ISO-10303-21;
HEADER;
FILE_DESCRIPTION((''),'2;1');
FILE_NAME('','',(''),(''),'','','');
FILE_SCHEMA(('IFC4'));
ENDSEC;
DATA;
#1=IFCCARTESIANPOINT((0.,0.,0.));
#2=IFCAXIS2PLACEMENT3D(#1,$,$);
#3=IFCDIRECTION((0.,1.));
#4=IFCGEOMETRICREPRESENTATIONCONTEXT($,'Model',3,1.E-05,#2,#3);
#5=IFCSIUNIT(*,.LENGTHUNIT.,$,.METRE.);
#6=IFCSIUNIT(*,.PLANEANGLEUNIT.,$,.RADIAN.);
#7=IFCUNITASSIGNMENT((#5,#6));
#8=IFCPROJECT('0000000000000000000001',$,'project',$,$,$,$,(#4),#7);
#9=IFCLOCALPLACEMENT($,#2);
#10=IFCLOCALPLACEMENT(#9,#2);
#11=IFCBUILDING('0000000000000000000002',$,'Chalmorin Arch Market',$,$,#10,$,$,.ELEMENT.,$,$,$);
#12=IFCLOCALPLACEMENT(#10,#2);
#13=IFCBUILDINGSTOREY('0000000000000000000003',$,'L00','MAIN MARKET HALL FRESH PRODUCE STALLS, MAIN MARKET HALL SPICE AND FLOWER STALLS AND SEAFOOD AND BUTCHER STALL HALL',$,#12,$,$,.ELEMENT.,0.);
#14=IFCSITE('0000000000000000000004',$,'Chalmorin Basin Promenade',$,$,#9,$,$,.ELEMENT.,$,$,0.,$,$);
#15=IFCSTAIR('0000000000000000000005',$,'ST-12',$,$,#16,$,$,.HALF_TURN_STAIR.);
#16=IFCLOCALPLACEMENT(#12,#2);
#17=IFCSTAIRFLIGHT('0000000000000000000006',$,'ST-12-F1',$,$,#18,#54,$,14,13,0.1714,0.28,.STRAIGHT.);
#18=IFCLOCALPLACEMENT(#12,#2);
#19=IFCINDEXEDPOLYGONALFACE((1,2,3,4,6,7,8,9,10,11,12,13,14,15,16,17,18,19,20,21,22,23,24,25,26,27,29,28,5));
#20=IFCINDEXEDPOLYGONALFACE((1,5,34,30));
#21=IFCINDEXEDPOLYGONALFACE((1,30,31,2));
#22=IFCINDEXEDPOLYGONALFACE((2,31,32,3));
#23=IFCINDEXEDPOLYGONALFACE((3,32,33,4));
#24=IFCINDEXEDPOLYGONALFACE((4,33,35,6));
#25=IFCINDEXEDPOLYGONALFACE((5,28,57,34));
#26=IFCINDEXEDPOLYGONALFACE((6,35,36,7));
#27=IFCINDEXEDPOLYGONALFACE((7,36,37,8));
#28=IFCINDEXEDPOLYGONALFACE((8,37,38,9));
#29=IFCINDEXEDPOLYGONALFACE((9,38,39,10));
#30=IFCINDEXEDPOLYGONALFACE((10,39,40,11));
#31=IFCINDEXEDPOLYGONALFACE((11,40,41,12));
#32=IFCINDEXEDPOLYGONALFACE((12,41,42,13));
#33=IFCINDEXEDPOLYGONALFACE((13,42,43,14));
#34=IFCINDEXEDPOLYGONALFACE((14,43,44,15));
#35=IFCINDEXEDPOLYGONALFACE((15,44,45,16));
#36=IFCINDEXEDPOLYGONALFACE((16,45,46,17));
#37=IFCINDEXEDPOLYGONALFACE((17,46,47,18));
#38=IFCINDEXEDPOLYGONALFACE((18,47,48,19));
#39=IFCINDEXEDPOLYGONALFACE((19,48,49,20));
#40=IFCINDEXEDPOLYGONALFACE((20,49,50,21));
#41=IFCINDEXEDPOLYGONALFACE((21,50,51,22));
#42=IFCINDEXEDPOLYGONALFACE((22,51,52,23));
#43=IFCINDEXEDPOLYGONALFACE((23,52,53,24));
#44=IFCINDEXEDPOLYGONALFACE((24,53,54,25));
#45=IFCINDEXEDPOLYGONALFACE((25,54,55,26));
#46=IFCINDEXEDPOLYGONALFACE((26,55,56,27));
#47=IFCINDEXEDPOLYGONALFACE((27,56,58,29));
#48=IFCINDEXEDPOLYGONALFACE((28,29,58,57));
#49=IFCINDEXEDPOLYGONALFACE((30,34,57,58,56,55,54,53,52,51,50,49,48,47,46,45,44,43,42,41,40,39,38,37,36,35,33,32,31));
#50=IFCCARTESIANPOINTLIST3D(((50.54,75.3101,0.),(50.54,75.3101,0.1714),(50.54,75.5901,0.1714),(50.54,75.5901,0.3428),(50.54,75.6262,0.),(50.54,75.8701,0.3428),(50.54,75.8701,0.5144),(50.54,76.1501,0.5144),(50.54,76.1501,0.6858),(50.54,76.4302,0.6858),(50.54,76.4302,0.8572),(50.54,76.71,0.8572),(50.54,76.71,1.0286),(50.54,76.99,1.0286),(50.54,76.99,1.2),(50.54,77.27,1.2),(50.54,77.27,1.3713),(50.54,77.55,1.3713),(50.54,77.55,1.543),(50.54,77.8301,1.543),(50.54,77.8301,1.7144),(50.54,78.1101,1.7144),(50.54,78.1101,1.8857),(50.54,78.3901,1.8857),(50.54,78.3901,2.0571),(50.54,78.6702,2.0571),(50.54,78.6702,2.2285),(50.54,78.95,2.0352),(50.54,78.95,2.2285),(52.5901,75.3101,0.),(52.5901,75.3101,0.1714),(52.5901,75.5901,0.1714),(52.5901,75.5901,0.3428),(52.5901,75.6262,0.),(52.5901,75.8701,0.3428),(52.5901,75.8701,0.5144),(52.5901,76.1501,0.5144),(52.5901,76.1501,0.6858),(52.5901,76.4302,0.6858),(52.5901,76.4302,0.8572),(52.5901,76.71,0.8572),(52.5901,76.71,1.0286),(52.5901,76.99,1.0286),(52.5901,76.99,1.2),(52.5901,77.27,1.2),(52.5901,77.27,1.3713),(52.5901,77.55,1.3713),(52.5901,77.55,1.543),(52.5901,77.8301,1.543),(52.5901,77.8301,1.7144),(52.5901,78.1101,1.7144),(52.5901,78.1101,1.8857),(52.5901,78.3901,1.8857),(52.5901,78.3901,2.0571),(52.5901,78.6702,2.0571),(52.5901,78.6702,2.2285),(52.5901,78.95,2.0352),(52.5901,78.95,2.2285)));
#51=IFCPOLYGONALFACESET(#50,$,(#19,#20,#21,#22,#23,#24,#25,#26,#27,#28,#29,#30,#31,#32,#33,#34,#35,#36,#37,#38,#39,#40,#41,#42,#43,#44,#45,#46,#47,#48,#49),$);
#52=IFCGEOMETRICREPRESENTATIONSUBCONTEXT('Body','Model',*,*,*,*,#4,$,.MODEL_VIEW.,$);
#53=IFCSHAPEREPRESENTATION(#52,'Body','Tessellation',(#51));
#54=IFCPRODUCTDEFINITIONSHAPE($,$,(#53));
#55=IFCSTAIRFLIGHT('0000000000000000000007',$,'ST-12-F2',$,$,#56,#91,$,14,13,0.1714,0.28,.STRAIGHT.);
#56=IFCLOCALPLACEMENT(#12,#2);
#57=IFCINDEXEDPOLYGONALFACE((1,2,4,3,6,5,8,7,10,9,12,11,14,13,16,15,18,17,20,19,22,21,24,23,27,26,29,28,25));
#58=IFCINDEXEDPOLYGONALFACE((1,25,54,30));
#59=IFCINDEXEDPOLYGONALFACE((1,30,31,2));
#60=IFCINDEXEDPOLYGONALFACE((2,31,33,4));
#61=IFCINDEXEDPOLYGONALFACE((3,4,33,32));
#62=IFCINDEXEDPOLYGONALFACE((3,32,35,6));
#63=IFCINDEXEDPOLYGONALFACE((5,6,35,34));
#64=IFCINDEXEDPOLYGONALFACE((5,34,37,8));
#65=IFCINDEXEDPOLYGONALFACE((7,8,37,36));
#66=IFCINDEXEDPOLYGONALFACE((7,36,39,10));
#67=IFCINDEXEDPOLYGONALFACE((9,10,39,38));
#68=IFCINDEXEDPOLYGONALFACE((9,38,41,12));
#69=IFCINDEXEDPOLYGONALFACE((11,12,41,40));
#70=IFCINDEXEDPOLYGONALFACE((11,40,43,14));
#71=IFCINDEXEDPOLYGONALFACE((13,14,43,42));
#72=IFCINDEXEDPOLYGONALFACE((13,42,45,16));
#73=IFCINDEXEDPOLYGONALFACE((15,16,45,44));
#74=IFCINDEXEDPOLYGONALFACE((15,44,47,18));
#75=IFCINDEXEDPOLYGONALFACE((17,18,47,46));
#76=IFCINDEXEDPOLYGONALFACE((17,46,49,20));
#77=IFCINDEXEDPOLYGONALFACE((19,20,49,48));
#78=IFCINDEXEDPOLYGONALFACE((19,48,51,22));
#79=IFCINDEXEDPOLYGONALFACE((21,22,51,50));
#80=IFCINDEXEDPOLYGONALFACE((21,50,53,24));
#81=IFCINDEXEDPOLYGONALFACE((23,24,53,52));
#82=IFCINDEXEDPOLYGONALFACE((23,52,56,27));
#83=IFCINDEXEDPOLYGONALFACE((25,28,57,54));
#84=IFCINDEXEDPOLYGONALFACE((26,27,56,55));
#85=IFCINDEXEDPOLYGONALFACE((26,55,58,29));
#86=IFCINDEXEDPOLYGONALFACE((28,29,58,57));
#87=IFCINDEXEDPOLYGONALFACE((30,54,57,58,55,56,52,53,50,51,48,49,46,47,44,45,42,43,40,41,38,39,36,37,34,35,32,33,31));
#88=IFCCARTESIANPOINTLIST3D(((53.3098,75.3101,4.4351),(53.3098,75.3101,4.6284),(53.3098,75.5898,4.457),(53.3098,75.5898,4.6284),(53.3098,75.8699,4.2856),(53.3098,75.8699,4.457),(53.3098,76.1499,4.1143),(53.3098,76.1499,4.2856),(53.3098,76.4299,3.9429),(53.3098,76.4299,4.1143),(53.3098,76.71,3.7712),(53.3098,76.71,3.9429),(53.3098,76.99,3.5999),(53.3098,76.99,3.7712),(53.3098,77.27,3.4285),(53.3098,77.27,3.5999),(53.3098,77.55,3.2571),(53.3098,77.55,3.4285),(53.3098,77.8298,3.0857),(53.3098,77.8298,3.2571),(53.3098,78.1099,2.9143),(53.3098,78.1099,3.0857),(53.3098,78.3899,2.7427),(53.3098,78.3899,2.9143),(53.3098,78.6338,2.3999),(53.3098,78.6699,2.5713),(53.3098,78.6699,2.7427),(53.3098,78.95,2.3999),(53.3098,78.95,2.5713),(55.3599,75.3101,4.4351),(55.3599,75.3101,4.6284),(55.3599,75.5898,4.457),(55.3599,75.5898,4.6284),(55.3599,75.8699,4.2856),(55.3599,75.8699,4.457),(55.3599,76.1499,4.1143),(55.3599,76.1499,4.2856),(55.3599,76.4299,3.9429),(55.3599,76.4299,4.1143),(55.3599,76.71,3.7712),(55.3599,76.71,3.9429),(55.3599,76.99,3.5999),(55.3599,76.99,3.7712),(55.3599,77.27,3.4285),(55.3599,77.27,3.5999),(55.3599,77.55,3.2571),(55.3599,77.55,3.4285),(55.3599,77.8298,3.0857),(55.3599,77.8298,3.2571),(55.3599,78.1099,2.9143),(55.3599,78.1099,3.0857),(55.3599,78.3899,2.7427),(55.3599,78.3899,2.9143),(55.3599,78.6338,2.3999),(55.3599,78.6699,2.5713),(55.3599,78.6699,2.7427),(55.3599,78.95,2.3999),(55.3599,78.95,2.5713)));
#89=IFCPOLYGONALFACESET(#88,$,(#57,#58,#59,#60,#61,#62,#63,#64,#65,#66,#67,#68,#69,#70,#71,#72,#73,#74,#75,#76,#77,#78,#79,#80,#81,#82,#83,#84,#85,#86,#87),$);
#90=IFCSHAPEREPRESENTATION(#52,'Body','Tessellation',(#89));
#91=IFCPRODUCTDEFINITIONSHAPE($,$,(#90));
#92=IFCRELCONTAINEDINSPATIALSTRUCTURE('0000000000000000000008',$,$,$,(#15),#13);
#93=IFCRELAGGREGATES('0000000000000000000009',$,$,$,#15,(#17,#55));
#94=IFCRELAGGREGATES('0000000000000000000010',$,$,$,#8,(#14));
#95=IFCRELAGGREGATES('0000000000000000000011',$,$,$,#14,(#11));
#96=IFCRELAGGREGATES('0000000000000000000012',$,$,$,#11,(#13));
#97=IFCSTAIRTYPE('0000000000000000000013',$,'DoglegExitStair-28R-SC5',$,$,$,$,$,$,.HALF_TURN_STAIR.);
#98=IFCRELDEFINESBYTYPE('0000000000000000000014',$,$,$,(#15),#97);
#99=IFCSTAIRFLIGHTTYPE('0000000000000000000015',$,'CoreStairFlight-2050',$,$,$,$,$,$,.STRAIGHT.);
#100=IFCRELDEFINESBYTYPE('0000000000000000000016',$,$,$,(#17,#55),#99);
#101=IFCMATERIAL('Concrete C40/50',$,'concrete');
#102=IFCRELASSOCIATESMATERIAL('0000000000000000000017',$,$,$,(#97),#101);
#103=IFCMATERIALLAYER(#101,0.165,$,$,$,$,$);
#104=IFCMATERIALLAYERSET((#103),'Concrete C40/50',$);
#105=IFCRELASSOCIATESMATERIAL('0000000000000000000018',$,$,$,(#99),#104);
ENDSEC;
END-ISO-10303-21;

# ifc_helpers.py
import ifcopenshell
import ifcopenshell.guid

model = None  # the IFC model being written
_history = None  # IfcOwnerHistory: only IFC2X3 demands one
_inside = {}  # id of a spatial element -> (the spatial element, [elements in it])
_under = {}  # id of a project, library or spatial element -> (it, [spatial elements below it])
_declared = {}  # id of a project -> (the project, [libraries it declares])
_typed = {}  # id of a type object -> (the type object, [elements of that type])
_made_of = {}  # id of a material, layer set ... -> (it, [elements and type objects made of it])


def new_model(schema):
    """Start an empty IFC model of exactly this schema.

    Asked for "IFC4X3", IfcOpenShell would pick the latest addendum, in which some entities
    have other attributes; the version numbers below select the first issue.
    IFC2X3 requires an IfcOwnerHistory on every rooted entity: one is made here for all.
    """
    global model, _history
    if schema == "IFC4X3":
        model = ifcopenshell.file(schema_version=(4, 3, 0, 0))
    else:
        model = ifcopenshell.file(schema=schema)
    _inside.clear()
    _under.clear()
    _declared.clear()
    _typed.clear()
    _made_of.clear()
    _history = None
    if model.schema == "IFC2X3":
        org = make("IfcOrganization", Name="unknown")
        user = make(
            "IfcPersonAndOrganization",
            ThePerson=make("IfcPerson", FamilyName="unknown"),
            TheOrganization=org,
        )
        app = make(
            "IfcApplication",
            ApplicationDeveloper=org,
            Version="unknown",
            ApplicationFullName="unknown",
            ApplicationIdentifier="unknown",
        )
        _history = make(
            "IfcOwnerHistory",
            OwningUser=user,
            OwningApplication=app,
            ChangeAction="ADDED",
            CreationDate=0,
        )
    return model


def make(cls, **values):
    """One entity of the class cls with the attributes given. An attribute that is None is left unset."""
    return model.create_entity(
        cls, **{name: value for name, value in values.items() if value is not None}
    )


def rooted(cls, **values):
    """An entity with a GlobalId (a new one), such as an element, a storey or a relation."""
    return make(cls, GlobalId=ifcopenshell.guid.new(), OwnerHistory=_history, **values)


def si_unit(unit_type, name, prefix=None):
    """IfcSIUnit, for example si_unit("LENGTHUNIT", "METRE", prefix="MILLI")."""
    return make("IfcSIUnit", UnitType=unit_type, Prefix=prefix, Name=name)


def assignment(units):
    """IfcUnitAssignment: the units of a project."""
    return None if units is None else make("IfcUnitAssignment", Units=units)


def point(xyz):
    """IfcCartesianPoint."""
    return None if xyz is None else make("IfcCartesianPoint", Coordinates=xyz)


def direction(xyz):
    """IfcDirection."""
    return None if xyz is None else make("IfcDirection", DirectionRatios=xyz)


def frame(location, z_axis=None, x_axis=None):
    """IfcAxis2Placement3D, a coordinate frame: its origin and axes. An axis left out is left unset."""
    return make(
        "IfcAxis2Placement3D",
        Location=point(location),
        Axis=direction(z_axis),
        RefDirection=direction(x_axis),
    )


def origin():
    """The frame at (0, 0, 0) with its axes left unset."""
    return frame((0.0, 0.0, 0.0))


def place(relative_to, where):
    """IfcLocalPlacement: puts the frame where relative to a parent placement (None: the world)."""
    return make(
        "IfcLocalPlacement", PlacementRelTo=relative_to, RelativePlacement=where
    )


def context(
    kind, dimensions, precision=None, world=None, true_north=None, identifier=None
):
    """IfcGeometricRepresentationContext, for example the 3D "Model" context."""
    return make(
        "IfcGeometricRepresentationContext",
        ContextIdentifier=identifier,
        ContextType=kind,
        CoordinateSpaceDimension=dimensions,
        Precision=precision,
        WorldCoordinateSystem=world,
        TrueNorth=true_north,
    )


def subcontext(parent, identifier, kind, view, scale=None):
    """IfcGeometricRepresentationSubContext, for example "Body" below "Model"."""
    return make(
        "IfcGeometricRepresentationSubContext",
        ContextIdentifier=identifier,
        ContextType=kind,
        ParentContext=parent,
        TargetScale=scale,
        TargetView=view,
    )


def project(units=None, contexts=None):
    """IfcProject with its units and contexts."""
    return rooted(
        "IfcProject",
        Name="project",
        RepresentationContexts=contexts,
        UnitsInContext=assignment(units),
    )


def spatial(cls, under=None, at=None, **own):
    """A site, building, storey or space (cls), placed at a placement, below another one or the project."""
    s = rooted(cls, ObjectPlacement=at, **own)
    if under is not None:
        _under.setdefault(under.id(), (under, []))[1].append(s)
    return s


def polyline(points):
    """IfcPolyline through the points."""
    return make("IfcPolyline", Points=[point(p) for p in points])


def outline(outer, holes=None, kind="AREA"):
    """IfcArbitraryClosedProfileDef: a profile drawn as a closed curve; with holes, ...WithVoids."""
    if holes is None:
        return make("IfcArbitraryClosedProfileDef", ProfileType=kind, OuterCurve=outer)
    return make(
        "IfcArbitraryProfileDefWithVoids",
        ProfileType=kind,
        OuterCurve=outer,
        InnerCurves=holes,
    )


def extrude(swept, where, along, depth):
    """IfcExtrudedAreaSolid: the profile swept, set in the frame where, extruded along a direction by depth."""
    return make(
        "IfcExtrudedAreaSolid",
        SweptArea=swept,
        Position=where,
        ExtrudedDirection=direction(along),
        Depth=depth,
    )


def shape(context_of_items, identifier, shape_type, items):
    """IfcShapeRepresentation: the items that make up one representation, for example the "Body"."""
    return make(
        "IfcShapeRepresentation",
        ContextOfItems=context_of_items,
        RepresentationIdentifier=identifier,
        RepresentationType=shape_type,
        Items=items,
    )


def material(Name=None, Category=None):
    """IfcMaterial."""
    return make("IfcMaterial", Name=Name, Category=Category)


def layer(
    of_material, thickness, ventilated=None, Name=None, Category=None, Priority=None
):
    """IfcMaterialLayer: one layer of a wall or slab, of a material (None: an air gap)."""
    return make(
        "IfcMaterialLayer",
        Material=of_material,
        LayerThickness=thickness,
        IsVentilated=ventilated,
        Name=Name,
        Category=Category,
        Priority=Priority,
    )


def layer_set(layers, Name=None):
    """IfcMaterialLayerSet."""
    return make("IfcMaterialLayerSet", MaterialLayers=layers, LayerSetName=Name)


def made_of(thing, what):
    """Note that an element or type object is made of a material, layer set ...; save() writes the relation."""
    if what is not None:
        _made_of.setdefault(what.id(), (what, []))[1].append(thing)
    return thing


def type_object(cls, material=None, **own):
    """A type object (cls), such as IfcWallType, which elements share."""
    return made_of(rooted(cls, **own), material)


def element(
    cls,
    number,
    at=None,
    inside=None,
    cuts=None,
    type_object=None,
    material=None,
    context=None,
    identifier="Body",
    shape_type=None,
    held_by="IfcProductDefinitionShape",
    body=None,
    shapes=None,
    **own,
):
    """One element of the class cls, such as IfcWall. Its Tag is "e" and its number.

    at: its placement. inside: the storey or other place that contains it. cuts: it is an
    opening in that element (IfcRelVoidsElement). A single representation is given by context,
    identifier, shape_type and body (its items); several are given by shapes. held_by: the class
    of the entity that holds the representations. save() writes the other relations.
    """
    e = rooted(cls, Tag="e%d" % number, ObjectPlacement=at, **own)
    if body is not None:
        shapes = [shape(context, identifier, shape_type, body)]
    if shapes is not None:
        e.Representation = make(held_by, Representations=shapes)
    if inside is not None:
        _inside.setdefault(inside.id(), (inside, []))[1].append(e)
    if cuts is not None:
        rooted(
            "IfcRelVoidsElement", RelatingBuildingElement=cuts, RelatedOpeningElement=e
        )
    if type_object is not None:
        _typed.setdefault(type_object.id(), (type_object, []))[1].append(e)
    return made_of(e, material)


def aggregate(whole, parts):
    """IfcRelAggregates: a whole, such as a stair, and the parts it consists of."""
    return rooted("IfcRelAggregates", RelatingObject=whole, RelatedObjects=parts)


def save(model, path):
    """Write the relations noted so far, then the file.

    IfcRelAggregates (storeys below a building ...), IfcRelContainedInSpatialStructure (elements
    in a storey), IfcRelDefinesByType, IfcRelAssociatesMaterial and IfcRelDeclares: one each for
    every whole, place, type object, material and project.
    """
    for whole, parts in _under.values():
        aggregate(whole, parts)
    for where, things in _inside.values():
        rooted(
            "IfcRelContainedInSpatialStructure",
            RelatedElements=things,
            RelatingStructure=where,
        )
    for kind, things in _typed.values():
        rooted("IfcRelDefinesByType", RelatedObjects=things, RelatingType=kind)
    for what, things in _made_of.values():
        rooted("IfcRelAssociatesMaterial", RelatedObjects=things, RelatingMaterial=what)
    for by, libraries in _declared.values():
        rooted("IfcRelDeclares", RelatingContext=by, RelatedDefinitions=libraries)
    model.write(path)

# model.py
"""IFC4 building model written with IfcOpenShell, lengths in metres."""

from ifc_helpers import new_model, si_unit, direction, frame, origin, place, context, subcontext, project, spatial, polyline, outline, extrude, material, layer, layer_set, type_object, element, aggregate, save


model = new_model("IFC4")

# Units and contexts
model_context = context("Model", 3, precision=1e-05, world=origin(), true_north=direction((0.0, 1.0)))
body_context = subcontext(model_context, "Body", "Model", "MODEL_VIEW")
ifc_project = project(units=[si_unit("LENGTHUNIT", "METRE"), si_unit("PLANEANGLEUNIT", "RADIAN")], contexts=[model_context])

# Site, building, storey
site_placement = place(None, origin())
site = spatial("IfcSite", under=ifc_project, at=site_placement, Name="Chalmorin Basin Promenade", CompositionType="ELEMENT", RefElevation=0.0)
building_placement = place(site_placement, origin())
building = spatial("IfcBuilding", under=site, at=building_placement, Name="Chalmorin Arch Market", CompositionType="ELEMENT")
storey_placement = place(building_placement, origin())
storey = spatial("IfcBuildingStorey", under=building, at=storey_placement, Name="L00", Description="MAIN MARKET HALL FRESH PRODUCE STALLS, MAIN MARKET HALL SPICE AND FLOWER STALLS AND SEAFOOD AND BUTCHER STALL HALL", CompositionType="ELEMENT", Elevation=0.0)

# Shared definitions
ifc_material_1 = material(Name="Concrete C40/50", Category="concrete")

# Stair, stair flights
stair_type = type_object("IfcStairType", Name="DoglegExitStair-28R-SC5", PredefinedType="HALF_TURN_STAIR", material=ifc_material_1)
stair_placement = place(storey_placement, origin())
stair = element("IfcStair", 1, at=stair_placement, inside=storey, type_object=stair_type, Name="ST-12", PredefinedType="HALF_TURN_STAIR")
ifc_layer_1 = layer(ifc_material_1, 0.165)
ifc_layer_set_1 = layer_set([ifc_layer_1], Name="Concrete C40/50")
stair_flight_type = type_object("IfcStairFlightType", Name="CoreStairFlight-2050", PredefinedType="STRAIGHT", material=ifc_layer_set_1)
stair_flight_1_placement = place(storey_placement, frame((51.5649, 75.3101, 0.0), z_axis=(0.0, 0.0, 1.0), x_axis=(0.0, 1.0, 0.0)))
stair_flight_1 = element("IfcStairFlight", 2, at=stair_flight_1_placement, type_object=stair_flight_type, Name="ST-12-F1", NumberOfRisers=14, NumberOfTreads=13, PredefinedType="STRAIGHT", RiserHeight=0.1714, TreadLength=0.28, context=body_context, shape_type="SweptSolid", body=[
    extrude(outline(polyline([(0.0, 0.0), (0.0, 0.1714), (0.28, 0.1714), (0.28, 0.3428), (0.5601, 0.3428), (0.5601, 0.5144), (0.8401, 0.5144), (0.8401, 0.6858), (1.1201, 0.6858), (1.1201, 0.8572), (1.3999, 0.8572), (1.3999, 1.0286), (1.6799, 1.0286), (1.6799, 1.2), (1.96, 1.2), (1.96, 1.3713), (2.24, 1.3713), (2.24, 1.543), (2.52, 1.543), (2.52, 1.7144), (2.8, 1.7144), (2.8, 1.8857), (3.0801, 1.8857), (3.0801, 2.0571), (3.3601, 2.0571), (3.3601, 2.2285), (3.6399, 2.2285), (3.6399, 2.3999), (3.6399, 2.0352), (0.3162, 0.0), (0.0, 0.0)])), frame((0.0, 1.0249, 0.0), z_axis=(0.0, -1.0, 0.0), x_axis=(1.0, 0.0, 0.0)), (0.0, 0.0, 1.0), 2.05),
])
stair_flight_2_placement = place(storey_placement, frame((54.335, 78.95, 2.3999), z_axis=(0.0, 0.0, 1.0), x_axis=(0.0, -1.0, 0.0)))
stair_flight_2 = element("IfcStairFlight", 3, at=stair_flight_2_placement, type_object=stair_flight_type, Name="ST-12-F2", NumberOfRisers=14, NumberOfTreads=13, PredefinedType="STRAIGHT", RiserHeight=0.1714, TreadLength=0.28, context=body_context, shape_type="SweptSolid", body=[
    extrude(outline(polyline([(0.0, 0.0), (0.0, 0.1714), (0.28, 0.1714), (0.28, 0.3428), (0.5601, 0.3428), (0.5601, 0.5144), (0.8401, 0.5144), (0.8401, 0.6858), (1.1201, 0.6858), (1.1201, 0.8572), (1.3999, 0.8572), (1.3999, 1.0286), (1.6799, 1.0286), (1.6799, 1.2), (1.96, 1.2), (1.96, 1.3713), (2.24, 1.3713), (2.24, 1.543), (2.52, 1.543), (2.52, 1.7144), (2.8, 1.7144), (2.8, 1.8857), (3.0801, 1.8857), (3.0801, 2.0571), (3.3601, 2.0571), (3.3601, 2.2285), (3.6399, 2.2285), (3.6399, 2.3999), (3.6399, 2.0352), (0.3162, 0.0), (0.0, 0.0)])), frame((0.0, 1.0249, 0.0), z_axis=(0.0, -1.0, 0.0), x_axis=(1.0, 0.0, 0.0)), (0.0, 0.0, 1.0), 2.05),
])
aggregate(stair, [stair_flight_1, stair_flight_2])

save(model, "model.ifc")
